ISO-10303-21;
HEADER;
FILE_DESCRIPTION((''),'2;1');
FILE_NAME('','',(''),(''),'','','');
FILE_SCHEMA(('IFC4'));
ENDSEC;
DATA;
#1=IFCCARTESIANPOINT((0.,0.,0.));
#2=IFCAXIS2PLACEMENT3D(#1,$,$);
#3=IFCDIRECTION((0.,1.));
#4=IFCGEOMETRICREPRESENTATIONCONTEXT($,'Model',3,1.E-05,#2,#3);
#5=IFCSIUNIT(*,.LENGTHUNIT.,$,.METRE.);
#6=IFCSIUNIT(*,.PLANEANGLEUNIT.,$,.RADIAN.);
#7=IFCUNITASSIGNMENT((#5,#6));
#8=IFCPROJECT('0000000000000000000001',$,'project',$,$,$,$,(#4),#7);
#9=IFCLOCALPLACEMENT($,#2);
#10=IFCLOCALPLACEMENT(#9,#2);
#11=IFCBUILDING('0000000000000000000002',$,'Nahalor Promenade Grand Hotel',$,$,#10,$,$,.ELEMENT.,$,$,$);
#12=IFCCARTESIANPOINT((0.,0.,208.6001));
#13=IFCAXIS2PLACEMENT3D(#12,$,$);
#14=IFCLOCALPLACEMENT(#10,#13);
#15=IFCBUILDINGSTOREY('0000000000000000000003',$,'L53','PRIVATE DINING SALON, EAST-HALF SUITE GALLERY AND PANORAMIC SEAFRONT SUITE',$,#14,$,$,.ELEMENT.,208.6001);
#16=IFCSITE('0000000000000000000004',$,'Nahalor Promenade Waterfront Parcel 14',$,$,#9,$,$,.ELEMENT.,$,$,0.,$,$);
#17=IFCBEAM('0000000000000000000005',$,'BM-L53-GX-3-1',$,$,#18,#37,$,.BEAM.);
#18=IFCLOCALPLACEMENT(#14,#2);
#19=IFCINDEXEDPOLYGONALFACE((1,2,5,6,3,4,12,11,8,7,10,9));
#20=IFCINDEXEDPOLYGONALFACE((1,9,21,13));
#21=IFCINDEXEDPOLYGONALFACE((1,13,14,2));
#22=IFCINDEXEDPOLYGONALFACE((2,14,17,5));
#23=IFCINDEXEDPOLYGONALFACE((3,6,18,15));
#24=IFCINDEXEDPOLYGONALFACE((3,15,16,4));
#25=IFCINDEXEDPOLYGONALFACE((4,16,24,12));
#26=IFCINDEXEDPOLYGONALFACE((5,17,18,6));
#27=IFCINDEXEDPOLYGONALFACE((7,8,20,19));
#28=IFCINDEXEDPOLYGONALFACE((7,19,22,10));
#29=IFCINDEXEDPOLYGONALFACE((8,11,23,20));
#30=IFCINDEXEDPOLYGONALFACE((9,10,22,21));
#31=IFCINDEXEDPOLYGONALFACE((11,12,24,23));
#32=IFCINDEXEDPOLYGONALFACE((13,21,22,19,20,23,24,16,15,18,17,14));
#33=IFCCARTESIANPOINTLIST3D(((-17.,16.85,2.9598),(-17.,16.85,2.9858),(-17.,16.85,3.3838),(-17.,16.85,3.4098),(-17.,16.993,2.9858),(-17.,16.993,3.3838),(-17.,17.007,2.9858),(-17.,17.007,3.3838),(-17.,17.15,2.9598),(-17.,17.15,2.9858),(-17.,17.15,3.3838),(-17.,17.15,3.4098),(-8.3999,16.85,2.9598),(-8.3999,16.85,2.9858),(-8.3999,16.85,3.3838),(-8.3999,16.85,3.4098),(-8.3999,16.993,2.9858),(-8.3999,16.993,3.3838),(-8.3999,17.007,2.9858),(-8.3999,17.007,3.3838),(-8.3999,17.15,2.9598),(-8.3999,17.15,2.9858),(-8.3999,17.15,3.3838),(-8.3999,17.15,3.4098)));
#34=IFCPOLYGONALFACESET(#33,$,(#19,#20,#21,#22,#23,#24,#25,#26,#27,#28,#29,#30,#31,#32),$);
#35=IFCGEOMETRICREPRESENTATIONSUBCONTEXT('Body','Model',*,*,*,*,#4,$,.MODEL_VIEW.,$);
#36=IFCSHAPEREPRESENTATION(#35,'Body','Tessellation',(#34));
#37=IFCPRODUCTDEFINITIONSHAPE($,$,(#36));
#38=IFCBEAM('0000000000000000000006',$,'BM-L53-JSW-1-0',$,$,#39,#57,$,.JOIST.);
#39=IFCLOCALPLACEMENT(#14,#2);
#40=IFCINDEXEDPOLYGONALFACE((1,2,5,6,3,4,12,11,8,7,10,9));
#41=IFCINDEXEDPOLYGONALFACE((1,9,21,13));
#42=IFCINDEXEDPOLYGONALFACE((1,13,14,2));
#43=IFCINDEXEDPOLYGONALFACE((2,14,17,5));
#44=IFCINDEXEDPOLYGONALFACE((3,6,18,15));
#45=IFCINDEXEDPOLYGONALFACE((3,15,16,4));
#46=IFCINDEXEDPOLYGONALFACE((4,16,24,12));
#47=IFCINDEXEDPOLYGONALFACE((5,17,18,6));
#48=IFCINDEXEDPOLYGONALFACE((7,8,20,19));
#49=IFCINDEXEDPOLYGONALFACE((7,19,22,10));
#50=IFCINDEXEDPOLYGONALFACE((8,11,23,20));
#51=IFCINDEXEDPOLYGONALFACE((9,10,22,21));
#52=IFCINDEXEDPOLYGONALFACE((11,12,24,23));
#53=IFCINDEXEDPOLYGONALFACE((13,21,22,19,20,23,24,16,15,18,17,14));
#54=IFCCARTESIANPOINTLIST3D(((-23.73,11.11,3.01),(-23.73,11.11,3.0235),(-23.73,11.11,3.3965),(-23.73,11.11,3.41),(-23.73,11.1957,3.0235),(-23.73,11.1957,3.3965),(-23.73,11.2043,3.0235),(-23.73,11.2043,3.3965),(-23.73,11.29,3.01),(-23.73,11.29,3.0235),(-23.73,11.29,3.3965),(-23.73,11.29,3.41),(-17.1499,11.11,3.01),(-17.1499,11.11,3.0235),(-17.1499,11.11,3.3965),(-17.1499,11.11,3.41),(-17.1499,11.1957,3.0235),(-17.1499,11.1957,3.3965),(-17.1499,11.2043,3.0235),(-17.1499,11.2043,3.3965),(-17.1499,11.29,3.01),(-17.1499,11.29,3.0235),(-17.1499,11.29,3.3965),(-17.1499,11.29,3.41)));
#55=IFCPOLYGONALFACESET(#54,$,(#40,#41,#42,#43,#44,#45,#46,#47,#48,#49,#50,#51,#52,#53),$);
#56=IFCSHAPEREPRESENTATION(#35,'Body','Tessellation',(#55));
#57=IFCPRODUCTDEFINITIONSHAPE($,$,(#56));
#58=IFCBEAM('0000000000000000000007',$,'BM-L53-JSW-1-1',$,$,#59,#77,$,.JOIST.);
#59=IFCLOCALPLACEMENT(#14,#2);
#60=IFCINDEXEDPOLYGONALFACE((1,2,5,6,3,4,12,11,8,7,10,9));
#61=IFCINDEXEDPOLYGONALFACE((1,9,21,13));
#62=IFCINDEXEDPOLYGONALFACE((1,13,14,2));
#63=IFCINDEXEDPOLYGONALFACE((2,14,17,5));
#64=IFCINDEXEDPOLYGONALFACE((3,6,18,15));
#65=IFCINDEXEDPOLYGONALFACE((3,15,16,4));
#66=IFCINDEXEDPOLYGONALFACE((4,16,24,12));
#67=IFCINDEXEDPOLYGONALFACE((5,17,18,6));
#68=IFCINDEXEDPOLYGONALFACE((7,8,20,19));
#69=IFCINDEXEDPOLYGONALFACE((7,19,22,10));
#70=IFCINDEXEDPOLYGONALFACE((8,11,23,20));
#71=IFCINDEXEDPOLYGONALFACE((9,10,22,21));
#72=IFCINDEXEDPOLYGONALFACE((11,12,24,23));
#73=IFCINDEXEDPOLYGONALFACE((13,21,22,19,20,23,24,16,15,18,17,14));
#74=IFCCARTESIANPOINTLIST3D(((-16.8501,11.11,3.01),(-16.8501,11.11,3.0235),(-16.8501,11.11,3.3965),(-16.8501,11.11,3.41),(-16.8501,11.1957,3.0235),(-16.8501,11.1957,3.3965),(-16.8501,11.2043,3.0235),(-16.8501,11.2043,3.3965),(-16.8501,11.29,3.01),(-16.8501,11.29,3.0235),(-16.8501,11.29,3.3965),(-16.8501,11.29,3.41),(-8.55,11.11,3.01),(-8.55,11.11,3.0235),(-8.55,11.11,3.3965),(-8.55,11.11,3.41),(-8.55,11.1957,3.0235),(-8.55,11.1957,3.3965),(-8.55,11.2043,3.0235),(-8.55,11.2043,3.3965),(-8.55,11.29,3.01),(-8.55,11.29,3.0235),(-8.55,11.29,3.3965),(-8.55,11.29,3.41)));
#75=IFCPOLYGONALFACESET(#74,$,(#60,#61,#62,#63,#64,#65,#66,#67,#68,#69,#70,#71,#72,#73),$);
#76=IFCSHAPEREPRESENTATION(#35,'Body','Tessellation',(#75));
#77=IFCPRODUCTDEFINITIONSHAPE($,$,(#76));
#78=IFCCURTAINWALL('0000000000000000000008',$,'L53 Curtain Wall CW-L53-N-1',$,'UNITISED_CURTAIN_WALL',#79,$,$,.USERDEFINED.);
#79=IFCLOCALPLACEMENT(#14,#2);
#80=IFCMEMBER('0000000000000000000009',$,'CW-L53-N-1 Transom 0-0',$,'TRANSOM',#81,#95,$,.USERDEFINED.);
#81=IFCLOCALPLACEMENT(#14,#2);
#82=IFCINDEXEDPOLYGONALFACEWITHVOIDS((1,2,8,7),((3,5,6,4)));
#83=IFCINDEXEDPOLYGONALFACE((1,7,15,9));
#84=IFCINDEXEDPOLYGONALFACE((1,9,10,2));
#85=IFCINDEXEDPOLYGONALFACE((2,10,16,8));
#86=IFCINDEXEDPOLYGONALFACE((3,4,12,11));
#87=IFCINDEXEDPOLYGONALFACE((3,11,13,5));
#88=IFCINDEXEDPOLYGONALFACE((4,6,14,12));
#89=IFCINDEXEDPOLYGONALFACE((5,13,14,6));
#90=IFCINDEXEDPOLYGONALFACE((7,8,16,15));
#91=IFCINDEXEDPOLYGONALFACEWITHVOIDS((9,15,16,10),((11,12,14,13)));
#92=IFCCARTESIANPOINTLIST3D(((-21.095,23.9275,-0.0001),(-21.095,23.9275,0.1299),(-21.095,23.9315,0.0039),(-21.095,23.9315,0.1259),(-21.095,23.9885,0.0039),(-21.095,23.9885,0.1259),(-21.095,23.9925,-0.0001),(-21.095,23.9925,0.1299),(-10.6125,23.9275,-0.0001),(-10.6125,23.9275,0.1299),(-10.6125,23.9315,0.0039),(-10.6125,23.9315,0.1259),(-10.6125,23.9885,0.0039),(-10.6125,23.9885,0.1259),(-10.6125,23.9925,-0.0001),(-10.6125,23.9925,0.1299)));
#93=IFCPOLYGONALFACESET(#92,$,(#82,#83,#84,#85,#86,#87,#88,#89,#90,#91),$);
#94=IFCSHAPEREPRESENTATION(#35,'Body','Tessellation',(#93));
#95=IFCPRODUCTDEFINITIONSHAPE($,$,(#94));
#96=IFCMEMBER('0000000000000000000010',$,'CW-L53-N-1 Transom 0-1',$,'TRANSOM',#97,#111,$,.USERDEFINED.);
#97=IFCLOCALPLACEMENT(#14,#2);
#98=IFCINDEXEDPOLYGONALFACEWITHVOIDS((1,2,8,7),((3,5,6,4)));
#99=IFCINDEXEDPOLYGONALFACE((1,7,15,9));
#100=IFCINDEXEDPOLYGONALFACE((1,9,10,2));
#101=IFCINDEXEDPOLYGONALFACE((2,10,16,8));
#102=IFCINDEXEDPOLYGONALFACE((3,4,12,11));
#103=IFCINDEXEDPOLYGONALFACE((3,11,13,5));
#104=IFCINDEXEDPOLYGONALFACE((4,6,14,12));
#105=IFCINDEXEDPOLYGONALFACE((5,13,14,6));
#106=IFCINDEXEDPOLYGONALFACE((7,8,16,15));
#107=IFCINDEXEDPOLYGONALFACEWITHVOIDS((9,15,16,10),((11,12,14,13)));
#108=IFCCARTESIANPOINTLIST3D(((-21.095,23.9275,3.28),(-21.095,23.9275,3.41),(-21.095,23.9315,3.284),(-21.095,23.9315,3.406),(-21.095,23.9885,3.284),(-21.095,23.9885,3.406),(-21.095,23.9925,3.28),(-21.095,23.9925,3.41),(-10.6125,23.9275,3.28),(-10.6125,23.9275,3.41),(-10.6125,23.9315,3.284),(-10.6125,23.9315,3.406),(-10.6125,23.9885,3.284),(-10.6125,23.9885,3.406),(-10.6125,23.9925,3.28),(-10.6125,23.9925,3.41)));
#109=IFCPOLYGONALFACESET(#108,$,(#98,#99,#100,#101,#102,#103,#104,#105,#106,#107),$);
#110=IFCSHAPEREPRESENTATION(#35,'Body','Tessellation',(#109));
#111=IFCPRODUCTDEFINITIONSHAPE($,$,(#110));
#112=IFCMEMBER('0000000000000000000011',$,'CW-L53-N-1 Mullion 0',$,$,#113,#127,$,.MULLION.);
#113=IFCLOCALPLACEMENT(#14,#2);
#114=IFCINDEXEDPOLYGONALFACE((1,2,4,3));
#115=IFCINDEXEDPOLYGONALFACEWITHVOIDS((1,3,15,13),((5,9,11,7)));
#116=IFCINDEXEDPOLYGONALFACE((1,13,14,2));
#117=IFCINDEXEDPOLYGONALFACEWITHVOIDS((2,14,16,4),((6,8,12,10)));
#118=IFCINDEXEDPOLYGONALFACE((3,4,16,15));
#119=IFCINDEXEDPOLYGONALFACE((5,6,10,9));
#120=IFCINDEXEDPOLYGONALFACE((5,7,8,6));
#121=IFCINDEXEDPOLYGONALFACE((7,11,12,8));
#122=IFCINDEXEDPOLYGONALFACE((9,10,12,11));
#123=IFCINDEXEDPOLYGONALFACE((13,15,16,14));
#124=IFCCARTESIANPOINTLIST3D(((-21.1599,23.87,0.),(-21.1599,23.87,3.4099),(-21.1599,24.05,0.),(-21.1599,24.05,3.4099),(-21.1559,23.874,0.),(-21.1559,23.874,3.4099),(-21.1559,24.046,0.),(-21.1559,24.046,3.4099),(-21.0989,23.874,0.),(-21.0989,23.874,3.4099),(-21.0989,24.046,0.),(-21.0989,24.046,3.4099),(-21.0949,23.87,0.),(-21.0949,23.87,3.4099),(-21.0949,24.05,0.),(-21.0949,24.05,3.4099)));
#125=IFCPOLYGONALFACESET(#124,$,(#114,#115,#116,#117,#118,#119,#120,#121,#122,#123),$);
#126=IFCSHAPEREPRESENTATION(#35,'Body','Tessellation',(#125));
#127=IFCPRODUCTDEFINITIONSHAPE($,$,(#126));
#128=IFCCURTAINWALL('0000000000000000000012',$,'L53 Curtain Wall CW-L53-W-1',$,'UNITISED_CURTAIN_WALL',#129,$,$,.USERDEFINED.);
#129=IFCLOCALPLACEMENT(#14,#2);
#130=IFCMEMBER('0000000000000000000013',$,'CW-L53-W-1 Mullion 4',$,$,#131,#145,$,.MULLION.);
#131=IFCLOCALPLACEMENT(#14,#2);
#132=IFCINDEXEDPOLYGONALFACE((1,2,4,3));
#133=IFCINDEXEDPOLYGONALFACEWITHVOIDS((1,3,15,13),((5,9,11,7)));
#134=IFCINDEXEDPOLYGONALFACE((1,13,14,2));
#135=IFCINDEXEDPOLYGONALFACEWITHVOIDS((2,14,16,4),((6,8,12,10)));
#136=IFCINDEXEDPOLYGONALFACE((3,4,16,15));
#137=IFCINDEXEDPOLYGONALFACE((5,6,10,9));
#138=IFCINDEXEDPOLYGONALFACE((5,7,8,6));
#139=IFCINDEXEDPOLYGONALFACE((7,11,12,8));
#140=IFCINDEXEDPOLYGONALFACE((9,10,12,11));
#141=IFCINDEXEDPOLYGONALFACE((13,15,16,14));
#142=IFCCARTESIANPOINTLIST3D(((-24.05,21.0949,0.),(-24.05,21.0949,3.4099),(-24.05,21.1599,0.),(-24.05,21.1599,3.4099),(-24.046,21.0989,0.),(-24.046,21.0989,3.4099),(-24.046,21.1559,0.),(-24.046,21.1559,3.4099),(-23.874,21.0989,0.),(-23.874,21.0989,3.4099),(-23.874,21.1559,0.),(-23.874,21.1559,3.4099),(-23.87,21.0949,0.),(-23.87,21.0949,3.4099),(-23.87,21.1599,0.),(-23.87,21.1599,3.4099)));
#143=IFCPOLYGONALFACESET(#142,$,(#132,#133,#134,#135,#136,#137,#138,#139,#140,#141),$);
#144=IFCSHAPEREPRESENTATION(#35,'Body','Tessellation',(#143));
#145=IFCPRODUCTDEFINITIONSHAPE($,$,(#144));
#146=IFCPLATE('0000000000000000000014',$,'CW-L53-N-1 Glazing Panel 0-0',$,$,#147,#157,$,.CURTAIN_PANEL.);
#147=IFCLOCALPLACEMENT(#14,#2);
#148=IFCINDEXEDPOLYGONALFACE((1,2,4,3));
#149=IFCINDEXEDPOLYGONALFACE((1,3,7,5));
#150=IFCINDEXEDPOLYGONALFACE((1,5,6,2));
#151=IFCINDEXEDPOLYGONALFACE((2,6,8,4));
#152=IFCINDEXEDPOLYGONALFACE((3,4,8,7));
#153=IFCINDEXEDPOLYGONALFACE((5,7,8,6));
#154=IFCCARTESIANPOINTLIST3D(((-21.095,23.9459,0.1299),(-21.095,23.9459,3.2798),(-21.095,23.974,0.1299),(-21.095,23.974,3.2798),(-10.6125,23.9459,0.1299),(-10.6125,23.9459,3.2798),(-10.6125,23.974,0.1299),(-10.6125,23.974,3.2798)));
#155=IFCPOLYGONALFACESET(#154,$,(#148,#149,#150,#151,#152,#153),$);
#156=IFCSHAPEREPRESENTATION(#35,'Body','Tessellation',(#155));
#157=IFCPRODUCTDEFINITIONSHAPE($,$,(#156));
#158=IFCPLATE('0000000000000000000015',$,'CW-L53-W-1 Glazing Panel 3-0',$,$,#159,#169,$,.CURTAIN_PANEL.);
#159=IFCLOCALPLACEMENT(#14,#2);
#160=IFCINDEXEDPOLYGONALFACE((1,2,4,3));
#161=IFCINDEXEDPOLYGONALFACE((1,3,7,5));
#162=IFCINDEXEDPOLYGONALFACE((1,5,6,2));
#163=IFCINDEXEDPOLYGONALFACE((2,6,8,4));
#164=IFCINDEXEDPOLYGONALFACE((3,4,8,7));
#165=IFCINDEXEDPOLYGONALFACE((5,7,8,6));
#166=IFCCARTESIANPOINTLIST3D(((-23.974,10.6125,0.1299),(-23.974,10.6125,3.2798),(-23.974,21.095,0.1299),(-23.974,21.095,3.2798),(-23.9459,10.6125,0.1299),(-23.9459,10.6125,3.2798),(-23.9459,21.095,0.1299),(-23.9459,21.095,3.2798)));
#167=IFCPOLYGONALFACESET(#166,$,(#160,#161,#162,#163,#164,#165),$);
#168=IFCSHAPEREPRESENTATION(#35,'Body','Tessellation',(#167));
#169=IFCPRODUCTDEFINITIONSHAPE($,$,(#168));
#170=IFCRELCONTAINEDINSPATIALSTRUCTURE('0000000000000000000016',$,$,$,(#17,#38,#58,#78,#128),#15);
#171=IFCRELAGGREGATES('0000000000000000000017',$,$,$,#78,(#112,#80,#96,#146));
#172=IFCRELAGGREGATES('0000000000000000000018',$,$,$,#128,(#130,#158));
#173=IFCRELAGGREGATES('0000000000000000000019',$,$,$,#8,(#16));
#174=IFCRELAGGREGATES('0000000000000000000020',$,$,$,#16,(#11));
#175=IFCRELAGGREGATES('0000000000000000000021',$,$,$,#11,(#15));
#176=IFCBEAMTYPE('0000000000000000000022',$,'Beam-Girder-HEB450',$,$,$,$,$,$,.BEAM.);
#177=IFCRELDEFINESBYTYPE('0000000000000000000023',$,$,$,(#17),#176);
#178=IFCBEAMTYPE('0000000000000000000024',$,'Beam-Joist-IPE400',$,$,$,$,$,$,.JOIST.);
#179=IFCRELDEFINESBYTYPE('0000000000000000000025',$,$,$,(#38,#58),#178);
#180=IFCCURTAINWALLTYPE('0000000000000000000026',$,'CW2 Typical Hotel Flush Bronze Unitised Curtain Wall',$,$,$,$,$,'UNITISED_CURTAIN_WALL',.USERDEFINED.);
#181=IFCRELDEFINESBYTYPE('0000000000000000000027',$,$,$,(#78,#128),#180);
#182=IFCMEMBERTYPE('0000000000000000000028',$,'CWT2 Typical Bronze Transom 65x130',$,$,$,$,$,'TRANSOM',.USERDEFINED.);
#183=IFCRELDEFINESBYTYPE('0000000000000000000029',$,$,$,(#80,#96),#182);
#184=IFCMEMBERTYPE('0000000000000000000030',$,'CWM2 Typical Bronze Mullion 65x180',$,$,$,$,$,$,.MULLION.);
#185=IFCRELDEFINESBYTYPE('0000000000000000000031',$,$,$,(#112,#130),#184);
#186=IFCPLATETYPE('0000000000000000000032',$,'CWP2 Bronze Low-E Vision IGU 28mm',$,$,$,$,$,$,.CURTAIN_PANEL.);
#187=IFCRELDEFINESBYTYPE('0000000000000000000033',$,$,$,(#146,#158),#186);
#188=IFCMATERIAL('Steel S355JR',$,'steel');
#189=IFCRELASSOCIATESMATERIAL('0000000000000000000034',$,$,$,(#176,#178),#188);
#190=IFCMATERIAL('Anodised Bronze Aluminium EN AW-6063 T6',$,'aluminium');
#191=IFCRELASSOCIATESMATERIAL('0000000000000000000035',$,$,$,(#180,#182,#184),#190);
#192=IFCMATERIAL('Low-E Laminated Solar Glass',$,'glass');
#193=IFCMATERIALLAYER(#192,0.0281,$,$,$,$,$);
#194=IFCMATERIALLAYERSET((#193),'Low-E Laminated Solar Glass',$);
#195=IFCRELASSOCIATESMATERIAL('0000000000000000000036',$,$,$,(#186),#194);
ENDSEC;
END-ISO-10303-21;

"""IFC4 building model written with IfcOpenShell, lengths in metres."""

from ifc_helpers import new_model, si_unit, direction, frame, origin, origin_2d, place, context, subcontext, project, spatial, rectangle, hollow_rectangle, i_section, extrude, source, transform, mapped, material, layer, layer_set, material_profile, profile_set, type_object, element, aggregate, save


model = new_model("IFC4")

# Units and contexts
model_context = context("Model", 3, precision=1e-05, world=origin(), true_north=direction((0.0, 1.0)))
body_context = subcontext(model_context, "Body", "Model", "MODEL_VIEW")
ifc_project = project(units=[si_unit("LENGTHUNIT", "METRE"), si_unit("PLANEANGLEUNIT", "RADIAN")], contexts=[model_context])

# Site, building, storey
site_placement = place(None, origin())
site = spatial("IfcSite", under=ifc_project, at=site_placement, Name="Nahalor Promenade Waterfront Parcel 14", CompositionType="ELEMENT", RefElevation=0.0)
building_placement = place(site_placement, origin())
building = spatial("IfcBuilding", under=site, at=building_placement, Name="Nahalor Promenade Grand Hotel", CompositionType="ELEMENT")
storey_placement = place(building_placement, frame((0.0, 0.0, 208.6001)))
storey = spatial("IfcBuildingStorey", under=building, at=storey_placement, Name="L53", Description="PRIVATE DINING SALON, EAST-HALF SUITE GALLERY AND PANORAMIC SEAFRONT SUITE", CompositionType="ELEMENT", Elevation=208.6001)

# Shared definitions
ifc_material_1 = material(Name="Steel S355JR", Category="steel")

# Beams
ifc_material_profile_1 = material_profile(ifc_material_1, i_section(OverallWidth=0.3, OverallDepth=0.45, WebThickness=0.014, FlangeThickness=0.026, at=origin_2d()), Name="HEB 450")
ifc_profile_set_1 = profile_set([ifc_material_profile_1], Name="Steel S355JR")
beam_type_1 = type_object("IfcBeamType", Name="Beam-Girder-HEB450", PredefinedType="BEAM", material=ifc_profile_set_1)
shared_shape_1 = source(origin(), body_context, "Body", "SweptSolid", [
    extrude(i_section(OverallWidth=0.3, OverallDepth=0.45, WebThickness=0.014, FlangeThickness=0.026, at=origin_2d()), origin(), (0.0, 0.0, 1.0), 8.6001),
])
beam_1_placement = place(storey_placement, frame((-17.0, 17.0, 3.1848), z_axis=(1.0, 0.0, 0.0), x_axis=(0.0, 1.0, 0.0)))
element("IfcBeam", 1, at=beam_1_placement, inside=storey, type_object=beam_type_1, Name="BM-L53-GX-3-1", PredefinedType="BEAM", context=body_context, shape_type="MappedRepresentation", body=[
    mapped(shared_shape_1, transform((0.0, 0.0, 0.0), scale=1.0)),
])
ifc_material_profile_2 = material_profile(ifc_material_1, i_section(OverallWidth=0.18, OverallDepth=0.4, WebThickness=0.0086, FlangeThickness=0.0135, at=origin_2d()), Name="IPE 400")
ifc_profile_set_2 = profile_set([ifc_material_profile_2], Name="Steel S355JR")
beam_type_2 = type_object("IfcBeamType", Name="Beam-Joist-IPE400", PredefinedType="JOIST", material=ifc_profile_set_2)
shared_shape_2 = source(origin(), body_context, "Body", "SweptSolid", [
    extrude(i_section(OverallWidth=0.18, OverallDepth=0.4, WebThickness=0.0086, FlangeThickness=0.0135, at=origin_2d()), origin(), (0.0, 0.0, 1.0), 6.5801),
])
beam_2_placement = place(storey_placement, frame((-23.73, 11.2, 3.21), z_axis=(1.0, 0.0, 0.0), x_axis=(0.0, 1.0, 0.0)))
element("IfcBeam", 2, at=beam_2_placement, inside=storey, type_object=beam_type_2, Name="BM-L53-JSW-1-0", PredefinedType="JOIST", context=body_context, shape_type="MappedRepresentation", body=[
    mapped(shared_shape_2, transform((0.0, 0.0, 0.0), scale=1.0)),
])
shared_shape_3 = source(origin(), body_context, "Body", "SweptSolid", [
    extrude(i_section(OverallWidth=0.18, OverallDepth=0.4, WebThickness=0.0086, FlangeThickness=0.0135, at=origin_2d()), origin(), (0.0, 0.0, 1.0), 8.3),
])
beam_3_placement = place(storey_placement, frame((-16.8501, 11.2, 3.21), z_axis=(1.0, 0.0, 0.0), x_axis=(0.0, 1.0, 0.0)))
element("IfcBeam", 3, at=beam_3_placement, inside=storey, type_object=beam_type_2, Name="BM-L53-JSW-1-1", PredefinedType="JOIST", context=body_context, shape_type="MappedRepresentation", body=[
    mapped(shared_shape_3, transform((0.0, 0.0, 0.0), scale=1.0)),
])

# Curtain wall, members
ifc_material_2 = material(Name="Anodised Bronze Aluminium EN AW-6063 T6", Category="aluminium")
curtain_wall_type = type_object("IfcCurtainWallType", Name="CW2 Typical Hotel Flush Bronze Unitised Curtain Wall", ElementType="UNITISED_CURTAIN_WALL", PredefinedType="USERDEFINED", material=ifc_material_2)
curtain_wall_1_placement = place(storey_placement, origin())
curtain_wall_1 = element("IfcCurtainWall", 4, at=curtain_wall_1_placement, inside=storey, type_object=curtain_wall_type, Name="L53 Curtain Wall CW-L53-N-1", ObjectType="UNITISED_CURTAIN_WALL", PredefinedType="USERDEFINED")
ifc_material_profile_3 = material_profile(ifc_material_2, hollow_rectangle(XDim=0.065, YDim=0.13, WallThickness=0.004, at=origin_2d()), Name="CWT 65x130x4")
ifc_profile_set_3 = profile_set([ifc_material_profile_3], Name="Anodised Bronze Aluminium EN AW-6063 T6")
member_type_1 = type_object("IfcMemberType", Name="CWT2 Typical Bronze Transom 65x130", ElementType="TRANSOM", PredefinedType="USERDEFINED", material=ifc_profile_set_3)
shared_shape_4 = source(origin(), body_context, "Body", "SweptSolid", [
    extrude(hollow_rectangle(XDim=0.065, YDim=0.13, WallThickness=0.004, at=origin_2d()), origin(), (0.0, 0.0, 1.0), 10.4824),
])
member_1_placement = place(storey_placement, frame((-21.095, 23.96, 0.0649), z_axis=(1.0, 0.0, 0.0), x_axis=(0.0, 1.0, 0.0)))
member_1 = element("IfcMember", 5, at=member_1_placement, type_object=member_type_1, Name="CW-L53-N-1 Transom 0-0", ObjectType="TRANSOM", PredefinedType="USERDEFINED", context=body_context, shape_type="MappedRepresentation", body=[
    mapped(shared_shape_4, transform((0.0, 0.0, 0.0), scale=1.0)),
])
member_2_placement = place(storey_placement, frame((-21.095, 23.96, 3.345), z_axis=(1.0, 0.0, 0.0), x_axis=(0.0, 1.0, 0.0)))
member_2 = element("IfcMember", 6, at=member_2_placement, type_object=member_type_1, Name="CW-L53-N-1 Transom 0-1", ObjectType="TRANSOM", PredefinedType="USERDEFINED", context=body_context, shape_type="MappedRepresentation", body=[
    mapped(shared_shape_4, transform((0.0, 0.0, 0.0), scale=1.0)),
])
ifc_material_profile_4 = material_profile(ifc_material_2, hollow_rectangle(XDim=0.065, YDim=0.18, WallThickness=0.004, at=origin_2d()), Name="CWM 65x180x4")
ifc_profile_set_4 = profile_set([ifc_material_profile_4], Name="Anodised Bronze Aluminium EN AW-6063 T6")
member_type_2 = type_object("IfcMemberType", Name="CWM2 Typical Bronze Mullion 65x180", PredefinedType="MULLION", material=ifc_profile_set_4)
shared_shape_5 = source(origin(), body_context, "Body", "SweptSolid", [
    extrude(hollow_rectangle(XDim=0.065, YDim=0.18, WallThickness=0.004, at=origin_2d()), origin(), (0.0, 0.0, 1.0), 3.4099),
])
member_3_placement = place(storey_placement, frame((-21.1274, 23.96, 0.0), z_axis=(0.0, 0.0, 1.0), x_axis=(1.0, 0.0, 0.0)))
member_3 = element("IfcMember", 7, at=member_3_placement, type_object=member_type_2, Name="CW-L53-N-1 Mullion 0", PredefinedType="MULLION", context=body_context, shape_type="MappedRepresentation", body=[
    mapped(shared_shape_5, transform((0.0, 0.0, 0.0), scale=1.0)),
])

# Curtain wall, member
curtain_wall_2_placement = place(storey_placement, origin())
curtain_wall_2 = element("IfcCurtainWall", 8, at=curtain_wall_2_placement, inside=storey, type_object=curtain_wall_type, Name="L53 Curtain Wall CW-L53-W-1", ObjectType="UNITISED_CURTAIN_WALL", PredefinedType="USERDEFINED")
member_4_placement = place(storey_placement, frame((-23.96, 21.1274, 0.0), z_axis=(0.0, 0.0, 1.0), x_axis=(0.0, 1.0, 0.0)))
member_4 = element("IfcMember", 9, at=member_4_placement, type_object=member_type_2, Name="CW-L53-W-1 Mullion 4", PredefinedType="MULLION", context=body_context, shape_type="MappedRepresentation", body=[
    mapped(shared_shape_5, transform((0.0, 0.0, 0.0), scale=1.0)),
])

# Plates
ifc_material_3 = material(Name="Low-E Laminated Solar Glass", Category="glass")
ifc_layer_1 = layer(ifc_material_3, 0.0281)
ifc_layer_set_1 = layer_set([ifc_layer_1], Name="Low-E Laminated Solar Glass")
plate_type = type_object("IfcPlateType", Name="CWP2 Bronze Low-E Vision IGU 28mm", PredefinedType="CURTAIN_PANEL", material=ifc_layer_set_1)
shared_shape_6 = source(origin(), body_context, "Body", "SweptSolid", [
    extrude(rectangle(XDim=10.4824, YDim=0.0281, at=origin_2d()), origin(), (0.0, 0.0, 1.0), 3.1499),
])
plate_1_placement = place(storey_placement, frame((-15.8538, 23.96, 0.1299), z_axis=(0.0, 0.0, 1.0), x_axis=(1.0, 0.0, 0.0)))
plate_1 = element("IfcPlate", 10, at=plate_1_placement, type_object=plate_type, Name="CW-L53-N-1 Glazing Panel 0-0", PredefinedType="CURTAIN_PANEL", context=body_context, shape_type="MappedRepresentation", body=[
    mapped(shared_shape_6, transform((0.0, 0.0, 0.0), scale=1.0)),
])
aggregate(curtain_wall_1, [member_3, member_1, member_2, plate_1])
plate_2_placement = place(storey_placement, frame((-23.96, 15.8538, 0.1299), z_axis=(0.0, 0.0, 1.0), x_axis=(0.0, 1.0, 0.0)))
plate_2 = element("IfcPlate", 11, at=plate_2_placement, type_object=plate_type, Name="CW-L53-W-1 Glazing Panel 3-0", PredefinedType="CURTAIN_PANEL", context=body_context, shape_type="MappedRepresentation", body=[
    mapped(shared_shape_6, transform((0.0, 0.0, 0.0), scale=1.0)),
])
aggregate(curtain_wall_2, [member_4, plate_2])

save(model, "model.ifc")
